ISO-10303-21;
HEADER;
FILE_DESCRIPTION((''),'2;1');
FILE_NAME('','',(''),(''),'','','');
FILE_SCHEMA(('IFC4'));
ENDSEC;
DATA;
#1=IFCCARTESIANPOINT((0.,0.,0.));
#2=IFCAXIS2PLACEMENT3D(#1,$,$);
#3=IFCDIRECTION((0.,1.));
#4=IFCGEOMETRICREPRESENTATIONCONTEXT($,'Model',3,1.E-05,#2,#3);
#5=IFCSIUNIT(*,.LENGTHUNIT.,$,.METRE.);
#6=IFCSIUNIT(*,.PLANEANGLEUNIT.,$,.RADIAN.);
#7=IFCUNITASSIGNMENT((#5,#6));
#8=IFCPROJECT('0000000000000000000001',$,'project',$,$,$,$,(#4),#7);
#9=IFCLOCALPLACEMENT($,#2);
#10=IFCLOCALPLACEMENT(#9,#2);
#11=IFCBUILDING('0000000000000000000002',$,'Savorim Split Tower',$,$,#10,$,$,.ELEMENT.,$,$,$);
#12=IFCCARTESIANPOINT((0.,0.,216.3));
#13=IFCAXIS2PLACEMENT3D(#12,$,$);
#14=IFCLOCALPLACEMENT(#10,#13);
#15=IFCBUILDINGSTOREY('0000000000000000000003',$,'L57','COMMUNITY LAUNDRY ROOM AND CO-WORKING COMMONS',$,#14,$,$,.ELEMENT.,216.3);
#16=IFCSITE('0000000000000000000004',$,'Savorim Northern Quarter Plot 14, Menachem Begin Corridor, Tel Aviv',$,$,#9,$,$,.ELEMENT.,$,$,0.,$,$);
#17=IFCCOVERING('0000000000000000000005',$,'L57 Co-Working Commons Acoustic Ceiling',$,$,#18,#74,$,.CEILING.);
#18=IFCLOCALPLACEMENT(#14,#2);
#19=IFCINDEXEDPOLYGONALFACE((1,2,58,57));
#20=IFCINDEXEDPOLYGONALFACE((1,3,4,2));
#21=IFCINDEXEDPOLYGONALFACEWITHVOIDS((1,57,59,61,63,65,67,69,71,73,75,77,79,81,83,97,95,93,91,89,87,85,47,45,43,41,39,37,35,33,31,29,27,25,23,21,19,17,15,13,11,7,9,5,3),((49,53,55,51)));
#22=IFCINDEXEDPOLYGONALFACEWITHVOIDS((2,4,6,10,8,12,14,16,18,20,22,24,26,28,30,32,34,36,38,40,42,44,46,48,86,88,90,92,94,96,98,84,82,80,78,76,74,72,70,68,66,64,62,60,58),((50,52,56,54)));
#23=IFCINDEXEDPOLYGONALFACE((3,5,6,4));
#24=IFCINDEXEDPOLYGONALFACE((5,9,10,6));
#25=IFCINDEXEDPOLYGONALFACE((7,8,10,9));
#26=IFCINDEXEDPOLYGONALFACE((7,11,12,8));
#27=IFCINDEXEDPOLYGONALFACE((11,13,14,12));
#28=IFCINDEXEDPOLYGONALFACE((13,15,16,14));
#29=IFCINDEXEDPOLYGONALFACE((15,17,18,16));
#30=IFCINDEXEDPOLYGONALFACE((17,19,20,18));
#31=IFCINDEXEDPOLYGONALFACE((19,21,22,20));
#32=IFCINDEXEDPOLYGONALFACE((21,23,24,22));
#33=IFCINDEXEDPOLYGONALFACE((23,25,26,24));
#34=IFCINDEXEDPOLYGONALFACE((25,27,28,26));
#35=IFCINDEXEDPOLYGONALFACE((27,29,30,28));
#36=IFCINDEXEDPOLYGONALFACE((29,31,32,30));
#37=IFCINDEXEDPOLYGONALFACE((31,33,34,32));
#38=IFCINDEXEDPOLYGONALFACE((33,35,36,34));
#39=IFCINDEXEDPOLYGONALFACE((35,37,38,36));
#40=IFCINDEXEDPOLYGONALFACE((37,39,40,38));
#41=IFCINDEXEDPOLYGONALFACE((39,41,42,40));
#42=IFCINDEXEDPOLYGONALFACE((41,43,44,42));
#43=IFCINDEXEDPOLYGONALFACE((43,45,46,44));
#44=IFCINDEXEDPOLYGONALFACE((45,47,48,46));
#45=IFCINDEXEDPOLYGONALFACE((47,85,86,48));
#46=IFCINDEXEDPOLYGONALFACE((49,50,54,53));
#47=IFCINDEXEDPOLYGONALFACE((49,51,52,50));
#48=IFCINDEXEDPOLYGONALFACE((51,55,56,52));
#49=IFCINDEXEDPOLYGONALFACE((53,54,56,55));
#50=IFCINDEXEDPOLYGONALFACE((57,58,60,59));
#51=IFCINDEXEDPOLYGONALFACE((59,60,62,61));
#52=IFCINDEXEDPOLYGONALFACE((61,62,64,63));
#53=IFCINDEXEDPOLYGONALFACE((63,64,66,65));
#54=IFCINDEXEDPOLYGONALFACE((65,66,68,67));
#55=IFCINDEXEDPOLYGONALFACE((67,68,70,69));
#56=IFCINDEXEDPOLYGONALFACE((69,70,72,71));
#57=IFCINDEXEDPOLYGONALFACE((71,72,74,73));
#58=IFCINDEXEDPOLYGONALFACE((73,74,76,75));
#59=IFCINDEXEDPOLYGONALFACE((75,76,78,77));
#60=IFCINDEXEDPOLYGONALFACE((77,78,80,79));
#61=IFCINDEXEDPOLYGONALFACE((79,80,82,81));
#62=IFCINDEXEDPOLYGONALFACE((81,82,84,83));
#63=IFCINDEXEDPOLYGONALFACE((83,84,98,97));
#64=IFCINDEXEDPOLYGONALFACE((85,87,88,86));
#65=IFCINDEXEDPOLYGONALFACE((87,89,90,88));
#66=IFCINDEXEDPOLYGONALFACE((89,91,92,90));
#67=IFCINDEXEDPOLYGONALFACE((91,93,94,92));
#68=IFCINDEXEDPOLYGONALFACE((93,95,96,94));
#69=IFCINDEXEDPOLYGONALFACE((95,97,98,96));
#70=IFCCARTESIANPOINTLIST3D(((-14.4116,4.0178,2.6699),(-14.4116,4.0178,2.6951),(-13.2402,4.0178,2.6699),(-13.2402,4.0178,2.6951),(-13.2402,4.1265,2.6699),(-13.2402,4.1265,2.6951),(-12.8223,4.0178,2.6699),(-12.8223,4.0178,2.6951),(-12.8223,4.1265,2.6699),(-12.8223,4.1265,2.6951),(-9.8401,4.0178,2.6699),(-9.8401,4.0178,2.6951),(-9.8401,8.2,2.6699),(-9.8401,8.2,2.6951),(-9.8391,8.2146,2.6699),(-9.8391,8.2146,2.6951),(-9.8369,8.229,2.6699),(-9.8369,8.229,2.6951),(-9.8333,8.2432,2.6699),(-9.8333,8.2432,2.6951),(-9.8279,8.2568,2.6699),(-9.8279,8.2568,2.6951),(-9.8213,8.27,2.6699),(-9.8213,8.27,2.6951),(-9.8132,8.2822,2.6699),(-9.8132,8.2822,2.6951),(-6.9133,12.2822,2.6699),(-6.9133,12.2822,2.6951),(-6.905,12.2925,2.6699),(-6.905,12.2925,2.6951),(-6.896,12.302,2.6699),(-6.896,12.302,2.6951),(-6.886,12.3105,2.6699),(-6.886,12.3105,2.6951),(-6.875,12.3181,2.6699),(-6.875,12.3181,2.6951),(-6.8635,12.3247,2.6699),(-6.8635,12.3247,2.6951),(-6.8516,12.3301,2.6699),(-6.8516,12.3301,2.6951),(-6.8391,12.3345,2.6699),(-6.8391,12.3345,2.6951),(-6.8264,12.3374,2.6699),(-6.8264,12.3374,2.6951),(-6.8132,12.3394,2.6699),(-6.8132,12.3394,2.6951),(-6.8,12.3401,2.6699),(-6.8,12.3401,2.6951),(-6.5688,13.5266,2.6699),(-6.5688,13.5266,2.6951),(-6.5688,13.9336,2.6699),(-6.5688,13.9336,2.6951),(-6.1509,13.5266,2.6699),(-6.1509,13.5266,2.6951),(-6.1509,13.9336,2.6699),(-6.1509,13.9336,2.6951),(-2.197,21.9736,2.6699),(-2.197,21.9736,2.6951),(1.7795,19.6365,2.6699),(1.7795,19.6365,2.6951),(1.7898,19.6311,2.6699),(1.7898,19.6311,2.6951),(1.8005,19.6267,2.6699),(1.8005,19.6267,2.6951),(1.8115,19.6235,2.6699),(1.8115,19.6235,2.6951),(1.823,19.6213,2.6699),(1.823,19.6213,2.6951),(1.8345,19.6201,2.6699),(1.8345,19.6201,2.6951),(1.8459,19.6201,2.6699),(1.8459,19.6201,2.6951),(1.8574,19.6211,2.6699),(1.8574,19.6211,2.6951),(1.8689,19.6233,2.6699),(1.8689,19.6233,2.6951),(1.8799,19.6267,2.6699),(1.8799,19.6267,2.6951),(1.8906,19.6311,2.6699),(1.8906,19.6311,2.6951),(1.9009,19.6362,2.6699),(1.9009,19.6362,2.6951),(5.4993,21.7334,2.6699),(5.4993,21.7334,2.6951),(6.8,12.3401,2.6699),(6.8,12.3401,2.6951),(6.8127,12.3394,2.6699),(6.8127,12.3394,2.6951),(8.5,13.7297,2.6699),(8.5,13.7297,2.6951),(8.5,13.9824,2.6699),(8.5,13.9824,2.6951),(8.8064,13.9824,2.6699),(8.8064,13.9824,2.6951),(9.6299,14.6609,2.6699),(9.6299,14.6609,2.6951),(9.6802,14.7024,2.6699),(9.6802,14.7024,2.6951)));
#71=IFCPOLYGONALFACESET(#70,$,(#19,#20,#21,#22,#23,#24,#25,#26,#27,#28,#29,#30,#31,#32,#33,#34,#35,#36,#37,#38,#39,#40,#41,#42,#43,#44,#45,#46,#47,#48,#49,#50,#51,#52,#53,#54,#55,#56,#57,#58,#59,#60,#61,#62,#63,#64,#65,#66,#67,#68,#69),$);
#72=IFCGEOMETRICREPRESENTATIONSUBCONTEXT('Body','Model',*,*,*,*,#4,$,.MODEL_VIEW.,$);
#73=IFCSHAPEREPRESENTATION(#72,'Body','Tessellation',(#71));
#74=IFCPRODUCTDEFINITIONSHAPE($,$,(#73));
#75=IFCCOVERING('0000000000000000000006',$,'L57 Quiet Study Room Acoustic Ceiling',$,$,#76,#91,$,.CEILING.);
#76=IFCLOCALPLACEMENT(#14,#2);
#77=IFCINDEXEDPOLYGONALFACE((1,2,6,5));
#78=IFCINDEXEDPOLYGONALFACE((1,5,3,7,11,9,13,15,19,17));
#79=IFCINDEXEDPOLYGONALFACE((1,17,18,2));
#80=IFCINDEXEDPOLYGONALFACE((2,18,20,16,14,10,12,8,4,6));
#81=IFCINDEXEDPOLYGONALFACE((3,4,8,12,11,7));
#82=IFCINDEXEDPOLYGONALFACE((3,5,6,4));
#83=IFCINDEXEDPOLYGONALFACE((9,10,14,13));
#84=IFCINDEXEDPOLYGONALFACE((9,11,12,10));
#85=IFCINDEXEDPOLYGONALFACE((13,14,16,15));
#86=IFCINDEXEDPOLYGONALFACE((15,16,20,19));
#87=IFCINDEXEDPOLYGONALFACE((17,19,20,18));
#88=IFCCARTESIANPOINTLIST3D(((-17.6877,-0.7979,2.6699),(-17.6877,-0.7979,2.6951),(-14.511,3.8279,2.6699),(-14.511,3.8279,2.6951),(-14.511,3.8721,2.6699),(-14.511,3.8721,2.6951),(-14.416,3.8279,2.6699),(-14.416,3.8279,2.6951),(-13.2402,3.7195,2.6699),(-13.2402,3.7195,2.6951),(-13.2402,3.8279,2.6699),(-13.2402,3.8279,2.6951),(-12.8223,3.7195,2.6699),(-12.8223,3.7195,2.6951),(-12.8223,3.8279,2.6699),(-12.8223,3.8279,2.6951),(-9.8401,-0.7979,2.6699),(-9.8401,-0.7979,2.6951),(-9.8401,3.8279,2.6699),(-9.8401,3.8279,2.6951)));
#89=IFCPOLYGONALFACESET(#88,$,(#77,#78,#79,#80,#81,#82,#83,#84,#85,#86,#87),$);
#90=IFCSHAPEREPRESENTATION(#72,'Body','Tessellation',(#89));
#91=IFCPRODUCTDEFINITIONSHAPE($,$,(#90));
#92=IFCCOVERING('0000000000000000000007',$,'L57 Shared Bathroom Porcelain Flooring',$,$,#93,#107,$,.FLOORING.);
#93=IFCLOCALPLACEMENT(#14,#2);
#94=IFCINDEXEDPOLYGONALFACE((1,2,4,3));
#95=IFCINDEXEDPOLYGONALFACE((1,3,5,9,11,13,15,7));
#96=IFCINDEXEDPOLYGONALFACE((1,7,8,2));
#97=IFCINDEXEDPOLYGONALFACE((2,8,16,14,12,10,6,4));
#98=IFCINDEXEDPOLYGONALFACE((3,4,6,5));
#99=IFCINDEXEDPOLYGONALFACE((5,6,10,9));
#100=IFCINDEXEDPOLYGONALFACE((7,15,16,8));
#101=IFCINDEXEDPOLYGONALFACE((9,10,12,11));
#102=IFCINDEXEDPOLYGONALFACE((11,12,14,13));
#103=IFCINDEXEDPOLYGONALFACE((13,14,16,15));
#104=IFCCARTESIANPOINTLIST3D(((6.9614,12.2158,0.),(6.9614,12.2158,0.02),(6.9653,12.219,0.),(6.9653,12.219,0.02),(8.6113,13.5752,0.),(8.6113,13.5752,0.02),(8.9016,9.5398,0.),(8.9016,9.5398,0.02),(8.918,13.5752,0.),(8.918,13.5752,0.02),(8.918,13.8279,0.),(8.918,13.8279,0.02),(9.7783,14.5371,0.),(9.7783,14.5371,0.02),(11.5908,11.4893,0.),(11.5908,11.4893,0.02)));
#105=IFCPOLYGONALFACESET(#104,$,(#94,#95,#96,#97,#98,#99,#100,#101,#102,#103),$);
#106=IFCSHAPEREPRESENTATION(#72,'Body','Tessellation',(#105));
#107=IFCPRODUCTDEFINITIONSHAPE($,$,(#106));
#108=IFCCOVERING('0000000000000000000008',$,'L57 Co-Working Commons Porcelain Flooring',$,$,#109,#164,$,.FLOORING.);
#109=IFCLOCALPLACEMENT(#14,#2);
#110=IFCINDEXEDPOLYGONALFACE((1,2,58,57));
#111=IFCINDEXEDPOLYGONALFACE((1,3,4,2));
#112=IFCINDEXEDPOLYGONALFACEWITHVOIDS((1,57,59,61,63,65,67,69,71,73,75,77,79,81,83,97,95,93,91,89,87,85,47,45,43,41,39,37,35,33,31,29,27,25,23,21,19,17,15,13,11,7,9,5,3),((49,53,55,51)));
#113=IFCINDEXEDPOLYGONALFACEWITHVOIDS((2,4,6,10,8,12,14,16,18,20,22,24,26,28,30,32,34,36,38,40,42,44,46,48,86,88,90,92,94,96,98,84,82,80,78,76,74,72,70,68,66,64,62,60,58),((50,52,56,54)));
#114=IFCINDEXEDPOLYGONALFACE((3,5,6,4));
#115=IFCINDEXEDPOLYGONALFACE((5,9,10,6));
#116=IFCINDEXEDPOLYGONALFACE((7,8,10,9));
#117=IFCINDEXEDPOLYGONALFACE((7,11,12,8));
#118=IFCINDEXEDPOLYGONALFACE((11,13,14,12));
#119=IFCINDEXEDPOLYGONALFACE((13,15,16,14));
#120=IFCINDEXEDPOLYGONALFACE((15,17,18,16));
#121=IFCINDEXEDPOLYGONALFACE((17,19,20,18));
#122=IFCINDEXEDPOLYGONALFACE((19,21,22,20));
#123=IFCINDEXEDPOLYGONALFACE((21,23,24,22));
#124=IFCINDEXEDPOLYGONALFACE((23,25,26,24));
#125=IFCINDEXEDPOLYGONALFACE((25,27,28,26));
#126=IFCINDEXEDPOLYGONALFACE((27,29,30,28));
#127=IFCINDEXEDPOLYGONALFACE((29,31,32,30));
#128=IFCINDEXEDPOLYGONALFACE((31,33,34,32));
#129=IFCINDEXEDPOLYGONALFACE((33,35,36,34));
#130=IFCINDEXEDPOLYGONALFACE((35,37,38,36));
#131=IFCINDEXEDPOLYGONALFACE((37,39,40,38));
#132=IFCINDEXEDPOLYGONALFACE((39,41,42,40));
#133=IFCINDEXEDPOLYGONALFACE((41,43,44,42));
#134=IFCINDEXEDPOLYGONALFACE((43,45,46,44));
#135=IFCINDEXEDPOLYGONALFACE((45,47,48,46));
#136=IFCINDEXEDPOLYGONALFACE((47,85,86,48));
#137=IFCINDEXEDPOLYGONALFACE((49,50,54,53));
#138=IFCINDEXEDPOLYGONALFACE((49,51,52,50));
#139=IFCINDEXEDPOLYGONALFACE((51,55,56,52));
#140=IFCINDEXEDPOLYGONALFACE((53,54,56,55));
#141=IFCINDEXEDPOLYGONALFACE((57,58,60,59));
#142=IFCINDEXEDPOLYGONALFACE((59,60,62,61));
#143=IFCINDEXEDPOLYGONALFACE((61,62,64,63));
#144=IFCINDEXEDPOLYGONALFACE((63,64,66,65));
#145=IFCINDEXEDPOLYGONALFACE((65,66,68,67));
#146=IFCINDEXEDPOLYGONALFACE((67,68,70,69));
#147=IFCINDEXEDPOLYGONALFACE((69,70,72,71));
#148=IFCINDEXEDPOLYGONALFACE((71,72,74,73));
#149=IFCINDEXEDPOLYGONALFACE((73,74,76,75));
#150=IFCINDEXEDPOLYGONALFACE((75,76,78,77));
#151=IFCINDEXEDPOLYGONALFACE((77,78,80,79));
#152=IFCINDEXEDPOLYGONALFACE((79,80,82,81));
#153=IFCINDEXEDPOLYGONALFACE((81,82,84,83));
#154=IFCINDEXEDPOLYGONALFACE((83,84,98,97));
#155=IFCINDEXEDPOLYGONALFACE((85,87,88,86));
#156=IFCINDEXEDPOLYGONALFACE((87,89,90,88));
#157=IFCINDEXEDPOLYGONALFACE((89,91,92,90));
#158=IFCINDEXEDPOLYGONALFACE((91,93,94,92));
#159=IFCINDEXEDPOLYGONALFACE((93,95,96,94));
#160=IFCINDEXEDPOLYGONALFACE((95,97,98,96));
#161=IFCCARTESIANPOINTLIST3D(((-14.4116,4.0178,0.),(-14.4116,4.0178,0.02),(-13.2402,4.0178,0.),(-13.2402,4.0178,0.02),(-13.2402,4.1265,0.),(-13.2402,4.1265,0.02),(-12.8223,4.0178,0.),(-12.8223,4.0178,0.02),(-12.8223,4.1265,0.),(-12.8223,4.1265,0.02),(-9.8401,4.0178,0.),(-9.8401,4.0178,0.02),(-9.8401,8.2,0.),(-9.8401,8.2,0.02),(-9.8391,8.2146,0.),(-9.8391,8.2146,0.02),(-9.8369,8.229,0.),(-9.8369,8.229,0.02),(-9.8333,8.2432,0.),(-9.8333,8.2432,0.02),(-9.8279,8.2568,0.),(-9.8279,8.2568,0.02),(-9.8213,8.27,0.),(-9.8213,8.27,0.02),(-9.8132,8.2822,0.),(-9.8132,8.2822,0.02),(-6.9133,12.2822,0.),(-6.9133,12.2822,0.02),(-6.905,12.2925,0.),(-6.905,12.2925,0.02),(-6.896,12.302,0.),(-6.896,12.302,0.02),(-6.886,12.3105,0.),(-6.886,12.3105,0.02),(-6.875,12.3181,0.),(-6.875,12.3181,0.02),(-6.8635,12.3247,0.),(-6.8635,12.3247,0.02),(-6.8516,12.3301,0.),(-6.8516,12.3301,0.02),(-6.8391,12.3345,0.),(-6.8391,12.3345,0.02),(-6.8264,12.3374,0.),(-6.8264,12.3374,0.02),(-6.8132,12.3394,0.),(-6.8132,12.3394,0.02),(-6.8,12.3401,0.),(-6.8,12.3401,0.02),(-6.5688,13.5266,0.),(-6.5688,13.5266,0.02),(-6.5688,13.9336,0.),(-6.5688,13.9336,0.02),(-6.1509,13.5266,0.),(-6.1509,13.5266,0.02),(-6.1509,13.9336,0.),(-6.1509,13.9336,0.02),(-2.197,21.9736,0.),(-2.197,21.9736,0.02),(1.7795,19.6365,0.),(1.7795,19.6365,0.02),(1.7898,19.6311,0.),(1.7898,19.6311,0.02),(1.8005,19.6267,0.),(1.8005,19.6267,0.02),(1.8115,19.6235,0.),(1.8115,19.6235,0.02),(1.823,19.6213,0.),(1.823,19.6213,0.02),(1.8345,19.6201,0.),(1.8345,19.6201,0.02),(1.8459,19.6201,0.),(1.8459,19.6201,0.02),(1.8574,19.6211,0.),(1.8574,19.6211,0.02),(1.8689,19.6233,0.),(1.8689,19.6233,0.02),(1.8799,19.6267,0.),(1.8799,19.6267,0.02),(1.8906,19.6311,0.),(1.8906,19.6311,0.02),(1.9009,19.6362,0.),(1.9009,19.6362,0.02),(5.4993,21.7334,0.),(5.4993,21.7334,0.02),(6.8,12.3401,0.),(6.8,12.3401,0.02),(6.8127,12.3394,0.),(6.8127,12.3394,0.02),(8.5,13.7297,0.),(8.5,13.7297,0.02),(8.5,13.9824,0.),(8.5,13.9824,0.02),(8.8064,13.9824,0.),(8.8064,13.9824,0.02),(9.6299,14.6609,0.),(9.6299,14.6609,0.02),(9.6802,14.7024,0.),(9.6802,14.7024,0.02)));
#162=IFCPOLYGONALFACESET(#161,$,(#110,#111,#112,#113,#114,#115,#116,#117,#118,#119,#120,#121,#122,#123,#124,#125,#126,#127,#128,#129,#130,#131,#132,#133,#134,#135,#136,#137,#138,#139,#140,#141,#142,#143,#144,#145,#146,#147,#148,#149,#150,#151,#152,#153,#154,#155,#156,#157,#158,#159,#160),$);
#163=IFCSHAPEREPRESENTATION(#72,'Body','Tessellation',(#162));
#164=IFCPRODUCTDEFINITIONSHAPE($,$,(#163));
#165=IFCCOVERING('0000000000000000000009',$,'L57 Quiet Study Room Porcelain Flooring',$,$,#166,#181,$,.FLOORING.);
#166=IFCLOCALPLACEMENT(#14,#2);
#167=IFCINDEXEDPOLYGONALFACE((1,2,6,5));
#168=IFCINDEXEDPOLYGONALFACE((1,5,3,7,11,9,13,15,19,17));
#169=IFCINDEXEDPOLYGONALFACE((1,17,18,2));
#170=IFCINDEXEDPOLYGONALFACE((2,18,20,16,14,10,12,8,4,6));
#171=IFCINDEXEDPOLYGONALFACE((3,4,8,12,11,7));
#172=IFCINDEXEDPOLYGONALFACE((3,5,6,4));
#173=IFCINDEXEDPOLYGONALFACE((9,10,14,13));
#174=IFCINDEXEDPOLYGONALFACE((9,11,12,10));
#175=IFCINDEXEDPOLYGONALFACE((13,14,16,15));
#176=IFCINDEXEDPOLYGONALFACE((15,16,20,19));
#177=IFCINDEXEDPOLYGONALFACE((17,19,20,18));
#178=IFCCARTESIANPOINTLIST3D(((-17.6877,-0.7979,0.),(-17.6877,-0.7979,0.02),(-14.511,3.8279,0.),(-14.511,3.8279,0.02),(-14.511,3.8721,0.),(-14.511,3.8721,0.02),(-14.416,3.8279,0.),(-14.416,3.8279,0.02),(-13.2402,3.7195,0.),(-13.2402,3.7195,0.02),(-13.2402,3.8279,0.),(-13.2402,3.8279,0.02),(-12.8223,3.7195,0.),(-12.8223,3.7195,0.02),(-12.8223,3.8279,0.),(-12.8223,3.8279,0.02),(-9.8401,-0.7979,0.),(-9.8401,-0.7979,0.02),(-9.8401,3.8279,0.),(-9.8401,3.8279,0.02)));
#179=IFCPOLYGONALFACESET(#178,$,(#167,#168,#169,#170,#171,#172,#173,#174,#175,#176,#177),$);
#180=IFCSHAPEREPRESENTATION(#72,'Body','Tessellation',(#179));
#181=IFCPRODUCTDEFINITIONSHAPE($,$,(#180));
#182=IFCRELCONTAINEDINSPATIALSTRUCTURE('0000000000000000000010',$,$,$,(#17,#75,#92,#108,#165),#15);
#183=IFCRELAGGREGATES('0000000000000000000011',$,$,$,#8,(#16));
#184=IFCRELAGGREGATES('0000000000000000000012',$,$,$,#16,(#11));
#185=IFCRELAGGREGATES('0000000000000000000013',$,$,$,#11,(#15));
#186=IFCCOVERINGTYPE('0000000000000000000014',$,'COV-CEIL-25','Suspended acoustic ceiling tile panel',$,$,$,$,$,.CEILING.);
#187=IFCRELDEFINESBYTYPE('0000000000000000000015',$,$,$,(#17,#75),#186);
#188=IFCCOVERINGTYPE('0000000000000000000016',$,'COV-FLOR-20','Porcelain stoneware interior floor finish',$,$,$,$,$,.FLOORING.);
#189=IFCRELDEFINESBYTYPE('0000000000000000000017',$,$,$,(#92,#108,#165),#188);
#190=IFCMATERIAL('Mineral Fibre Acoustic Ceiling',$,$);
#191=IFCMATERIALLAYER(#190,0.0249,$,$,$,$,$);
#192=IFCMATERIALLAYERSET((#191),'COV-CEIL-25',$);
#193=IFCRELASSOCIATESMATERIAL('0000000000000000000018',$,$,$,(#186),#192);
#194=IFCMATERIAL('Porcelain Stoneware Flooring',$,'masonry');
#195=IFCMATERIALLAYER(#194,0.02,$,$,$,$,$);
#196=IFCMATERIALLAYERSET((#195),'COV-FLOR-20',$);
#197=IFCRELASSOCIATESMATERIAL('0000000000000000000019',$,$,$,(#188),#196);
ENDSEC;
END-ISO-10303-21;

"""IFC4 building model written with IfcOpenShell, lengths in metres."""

from ifc_helpers import new_model, si_unit, direction, frame, origin, place, context, subcontext, project, spatial, polyline, outline, extrude, material, layer, layer_set, type_object, element, save


model = new_model("IFC4")

# Units and contexts
model_context = context("Model", 3, precision=1e-05, world=origin(), true_north=direction((0.0, 1.0)))
body_context = subcontext(model_context, "Body", "Model", "MODEL_VIEW")
ifc_project = project(units=[si_unit("LENGTHUNIT", "METRE"), si_unit("PLANEANGLEUNIT", "RADIAN")], contexts=[model_context])

# Site, building, storey
site_placement = place(None, origin())
site = spatial("IfcSite", under=ifc_project, at=site_placement, Name="Savorim Northern Quarter Plot 14, Menachem Begin Corridor, Tel Aviv", CompositionType="ELEMENT", RefElevation=0.0)
building_placement = place(site_placement, origin())
building = spatial("IfcBuilding", under=site, at=building_placement, Name="Savorim Split Tower", CompositionType="ELEMENT")
storey_placement = place(building_placement, frame((0.0, 0.0, 216.3)))
storey = spatial("IfcBuildingStorey", under=building, at=storey_placement, Name="L57", Description="COMMUNITY LAUNDRY ROOM AND CO-WORKING COMMONS", CompositionType="ELEMENT", Elevation=216.3)

# Coverings
ifc_material_1 = material(Name="Mineral Fibre Acoustic Ceiling")
ifc_layer_1 = layer(ifc_material_1, 0.0249)
ifc_layer_set_1 = layer_set([ifc_layer_1], Name="COV-CEIL-25")
covering_type_1 = type_object("IfcCoveringType", Name="COV-CEIL-25", Description="Suspended acoustic ceiling tile panel", PredefinedType="CEILING", material=ifc_layer_set_1)
covering_1_placement = place(storey_placement, frame((0.0, 0.0, 2.6699)))
element("IfcCovering", 1, at=covering_1_placement, inside=storey, type_object=covering_type_1, Name="L57 Co-Working Commons Acoustic Ceiling", PredefinedType="CEILING", context=body_context, shape_type="SweptSolid", body=[
    extrude(outline(polyline([(1.8005, 19.6267), (1.7898, 19.6311), (1.7795, 19.6365), (-2.197, 21.9736), (-14.4116, 4.0178), (-13.2402, 4.0178), (-13.2402, 4.1265), (-12.8223, 4.1265), (-12.8223, 4.0178), (-9.8401, 4.0178), (-9.8401, 8.2), (-9.8391, 8.2146), (-9.8369, 8.229), (-9.8333, 8.2432), (-9.8279, 8.2568), (-9.8213, 8.27), (-9.8132, 8.2822), (-6.9133, 12.2822), (-6.905, 12.2925), (-6.896, 12.302), (-6.886, 12.3105), (-6.875, 12.3181), (-6.8635, 12.3247), (-6.8516, 12.3301), (-6.8391, 12.3345), (-6.8264, 12.3374), (-6.8132, 12.3394), (-6.8, 12.3401), (6.8, 12.3401), (6.8127, 12.3394), (8.5, 13.7297), (8.5, 13.9824), (8.8064, 13.9824), (9.6299, 14.6609), (9.6802, 14.7024), (5.4993, 21.7334), (1.9009, 19.6362), (1.8906, 19.6311), (1.8799, 19.6267), (1.8689, 19.6233), (1.8574, 19.6211), (1.8459, 19.6201), (1.8345, 19.6201), (1.823, 19.6213), (1.8115, 19.6235), (1.8005, 19.6267)]), holes=[polyline([(-6.1509, 13.9336), (-6.5688, 13.9336), (-6.5688, 13.5266), (-6.1509, 13.5266), (-6.1509, 13.9336)])]), origin(), (0.0, 0.0, 1.0), 0.0251),
])
covering_2_placement = place(storey_placement, frame((0.0, 0.0, 2.6699)))
element("IfcCovering", 2, at=covering_2_placement, inside=storey, type_object=covering_type_1, Name="L57 Quiet Study Room Acoustic Ceiling", PredefinedType="CEILING", context=body_context, shape_type="SweptSolid", body=[
    extrude(outline(polyline([(-13.2402, 3.8279), (-14.416, 3.8279), (-14.511, 3.8279), (-14.511, 3.8721), (-17.6877, -0.7979), (-9.8401, -0.7979), (-9.8401, 3.8279), (-12.8223, 3.8279), (-12.8223, 3.7195), (-13.2402, 3.7195), (-13.2402, 3.8279)])), origin(), (0.0, 0.0, 1.0), 0.0251),
])
ifc_material_2 = material(Name="Porcelain Stoneware Flooring", Category="masonry")
ifc_layer_2 = layer(ifc_material_2, 0.02)
ifc_layer_set_2 = layer_set([ifc_layer_2], Name="COV-FLOR-20")
covering_type_2 = type_object("IfcCoveringType", Name="COV-FLOR-20", Description="Porcelain stoneware interior floor finish", PredefinedType="FLOORING", material=ifc_layer_set_2)
covering_3_placement = place(storey_placement, origin())
element("IfcCovering", 3, at=covering_3_placement, inside=storey, type_object=covering_type_2, Name="L57 Shared Bathroom Porcelain Flooring", PredefinedType="FLOORING", context=body_context, shape_type="SweptSolid", body=[
    extrude(outline(polyline([(8.6113, 13.5752), (6.9653, 12.219), (6.9614, 12.2158), (8.9016, 9.5398), (11.5908, 11.4893), (9.7783, 14.5371), (8.918, 13.8279), (8.918, 13.5752), (8.6113, 13.5752)])), origin(), (0.0, 0.0, 1.0), 0.02),
])
covering_4_placement = place(storey_placement, origin())
element("IfcCovering", 4, at=covering_4_placement, inside=storey, type_object=covering_type_2, Name="L57 Co-Working Commons Porcelain Flooring", PredefinedType="FLOORING", context=body_context, shape_type="SweptSolid", body=[
    extrude(outline(polyline([(1.8005, 19.6267), (1.7898, 19.6311), (1.7795, 19.6365), (-2.197, 21.9736), (-14.4116, 4.0178), (-13.2402, 4.0178), (-13.2402, 4.1265), (-12.8223, 4.1265), (-12.8223, 4.0178), (-9.8401, 4.0178), (-9.8401, 8.2), (-9.8391, 8.2146), (-9.8369, 8.229), (-9.8333, 8.2432), (-9.8279, 8.2568), (-9.8213, 8.27), (-9.8132, 8.2822), (-6.9133, 12.2822), (-6.905, 12.2925), (-6.896, 12.302), (-6.886, 12.3105), (-6.875, 12.3181), (-6.8635, 12.3247), (-6.8516, 12.3301), (-6.8391, 12.3345), (-6.8264, 12.3374), (-6.8132, 12.3394), (-6.8, 12.3401), (6.8, 12.3401), (6.8127, 12.3394), (8.5, 13.7297), (8.5, 13.9824), (8.8064, 13.9824), (9.6299, 14.6609), (9.6802, 14.7024), (5.4993, 21.7334), (1.9009, 19.6362), (1.8906, 19.6311), (1.8799, 19.6267), (1.8689, 19.6233), (1.8574, 19.6211), (1.8459, 19.6201), (1.8345, 19.6201), (1.823, 19.6213), (1.8115, 19.6235), (1.8005, 19.6267)]), holes=[polyline([(-6.1509, 13.9336), (-6.5688, 13.9336), (-6.5688, 13.5266), (-6.1509, 13.5266), (-6.1509, 13.9336)])]), origin(), (0.0, 0.0, 1.0), 0.02),
])
covering_5_placement = place(storey_placement, origin())
element("IfcCovering", 5, at=covering_5_placement, inside=storey, type_object=covering_type_2, Name="L57 Quiet Study Room Porcelain Flooring", PredefinedType="FLOORING", context=body_context, shape_type="SweptSolid", body=[
    extrude(outline(polyline([(-13.2402, 3.8279), (-14.416, 3.8279), (-14.511, 3.8279), (-14.511, 3.8721), (-17.6877, -0.7979), (-9.8401, -0.7979), (-9.8401, 3.8279), (-12.8223, 3.8279), (-12.8223, 3.7195), (-13.2402, 3.7195), (-13.2402, 3.8279)])), origin(), (0.0, 0.0, 1.0), 0.02),
])

save(model, "model.ifc")
